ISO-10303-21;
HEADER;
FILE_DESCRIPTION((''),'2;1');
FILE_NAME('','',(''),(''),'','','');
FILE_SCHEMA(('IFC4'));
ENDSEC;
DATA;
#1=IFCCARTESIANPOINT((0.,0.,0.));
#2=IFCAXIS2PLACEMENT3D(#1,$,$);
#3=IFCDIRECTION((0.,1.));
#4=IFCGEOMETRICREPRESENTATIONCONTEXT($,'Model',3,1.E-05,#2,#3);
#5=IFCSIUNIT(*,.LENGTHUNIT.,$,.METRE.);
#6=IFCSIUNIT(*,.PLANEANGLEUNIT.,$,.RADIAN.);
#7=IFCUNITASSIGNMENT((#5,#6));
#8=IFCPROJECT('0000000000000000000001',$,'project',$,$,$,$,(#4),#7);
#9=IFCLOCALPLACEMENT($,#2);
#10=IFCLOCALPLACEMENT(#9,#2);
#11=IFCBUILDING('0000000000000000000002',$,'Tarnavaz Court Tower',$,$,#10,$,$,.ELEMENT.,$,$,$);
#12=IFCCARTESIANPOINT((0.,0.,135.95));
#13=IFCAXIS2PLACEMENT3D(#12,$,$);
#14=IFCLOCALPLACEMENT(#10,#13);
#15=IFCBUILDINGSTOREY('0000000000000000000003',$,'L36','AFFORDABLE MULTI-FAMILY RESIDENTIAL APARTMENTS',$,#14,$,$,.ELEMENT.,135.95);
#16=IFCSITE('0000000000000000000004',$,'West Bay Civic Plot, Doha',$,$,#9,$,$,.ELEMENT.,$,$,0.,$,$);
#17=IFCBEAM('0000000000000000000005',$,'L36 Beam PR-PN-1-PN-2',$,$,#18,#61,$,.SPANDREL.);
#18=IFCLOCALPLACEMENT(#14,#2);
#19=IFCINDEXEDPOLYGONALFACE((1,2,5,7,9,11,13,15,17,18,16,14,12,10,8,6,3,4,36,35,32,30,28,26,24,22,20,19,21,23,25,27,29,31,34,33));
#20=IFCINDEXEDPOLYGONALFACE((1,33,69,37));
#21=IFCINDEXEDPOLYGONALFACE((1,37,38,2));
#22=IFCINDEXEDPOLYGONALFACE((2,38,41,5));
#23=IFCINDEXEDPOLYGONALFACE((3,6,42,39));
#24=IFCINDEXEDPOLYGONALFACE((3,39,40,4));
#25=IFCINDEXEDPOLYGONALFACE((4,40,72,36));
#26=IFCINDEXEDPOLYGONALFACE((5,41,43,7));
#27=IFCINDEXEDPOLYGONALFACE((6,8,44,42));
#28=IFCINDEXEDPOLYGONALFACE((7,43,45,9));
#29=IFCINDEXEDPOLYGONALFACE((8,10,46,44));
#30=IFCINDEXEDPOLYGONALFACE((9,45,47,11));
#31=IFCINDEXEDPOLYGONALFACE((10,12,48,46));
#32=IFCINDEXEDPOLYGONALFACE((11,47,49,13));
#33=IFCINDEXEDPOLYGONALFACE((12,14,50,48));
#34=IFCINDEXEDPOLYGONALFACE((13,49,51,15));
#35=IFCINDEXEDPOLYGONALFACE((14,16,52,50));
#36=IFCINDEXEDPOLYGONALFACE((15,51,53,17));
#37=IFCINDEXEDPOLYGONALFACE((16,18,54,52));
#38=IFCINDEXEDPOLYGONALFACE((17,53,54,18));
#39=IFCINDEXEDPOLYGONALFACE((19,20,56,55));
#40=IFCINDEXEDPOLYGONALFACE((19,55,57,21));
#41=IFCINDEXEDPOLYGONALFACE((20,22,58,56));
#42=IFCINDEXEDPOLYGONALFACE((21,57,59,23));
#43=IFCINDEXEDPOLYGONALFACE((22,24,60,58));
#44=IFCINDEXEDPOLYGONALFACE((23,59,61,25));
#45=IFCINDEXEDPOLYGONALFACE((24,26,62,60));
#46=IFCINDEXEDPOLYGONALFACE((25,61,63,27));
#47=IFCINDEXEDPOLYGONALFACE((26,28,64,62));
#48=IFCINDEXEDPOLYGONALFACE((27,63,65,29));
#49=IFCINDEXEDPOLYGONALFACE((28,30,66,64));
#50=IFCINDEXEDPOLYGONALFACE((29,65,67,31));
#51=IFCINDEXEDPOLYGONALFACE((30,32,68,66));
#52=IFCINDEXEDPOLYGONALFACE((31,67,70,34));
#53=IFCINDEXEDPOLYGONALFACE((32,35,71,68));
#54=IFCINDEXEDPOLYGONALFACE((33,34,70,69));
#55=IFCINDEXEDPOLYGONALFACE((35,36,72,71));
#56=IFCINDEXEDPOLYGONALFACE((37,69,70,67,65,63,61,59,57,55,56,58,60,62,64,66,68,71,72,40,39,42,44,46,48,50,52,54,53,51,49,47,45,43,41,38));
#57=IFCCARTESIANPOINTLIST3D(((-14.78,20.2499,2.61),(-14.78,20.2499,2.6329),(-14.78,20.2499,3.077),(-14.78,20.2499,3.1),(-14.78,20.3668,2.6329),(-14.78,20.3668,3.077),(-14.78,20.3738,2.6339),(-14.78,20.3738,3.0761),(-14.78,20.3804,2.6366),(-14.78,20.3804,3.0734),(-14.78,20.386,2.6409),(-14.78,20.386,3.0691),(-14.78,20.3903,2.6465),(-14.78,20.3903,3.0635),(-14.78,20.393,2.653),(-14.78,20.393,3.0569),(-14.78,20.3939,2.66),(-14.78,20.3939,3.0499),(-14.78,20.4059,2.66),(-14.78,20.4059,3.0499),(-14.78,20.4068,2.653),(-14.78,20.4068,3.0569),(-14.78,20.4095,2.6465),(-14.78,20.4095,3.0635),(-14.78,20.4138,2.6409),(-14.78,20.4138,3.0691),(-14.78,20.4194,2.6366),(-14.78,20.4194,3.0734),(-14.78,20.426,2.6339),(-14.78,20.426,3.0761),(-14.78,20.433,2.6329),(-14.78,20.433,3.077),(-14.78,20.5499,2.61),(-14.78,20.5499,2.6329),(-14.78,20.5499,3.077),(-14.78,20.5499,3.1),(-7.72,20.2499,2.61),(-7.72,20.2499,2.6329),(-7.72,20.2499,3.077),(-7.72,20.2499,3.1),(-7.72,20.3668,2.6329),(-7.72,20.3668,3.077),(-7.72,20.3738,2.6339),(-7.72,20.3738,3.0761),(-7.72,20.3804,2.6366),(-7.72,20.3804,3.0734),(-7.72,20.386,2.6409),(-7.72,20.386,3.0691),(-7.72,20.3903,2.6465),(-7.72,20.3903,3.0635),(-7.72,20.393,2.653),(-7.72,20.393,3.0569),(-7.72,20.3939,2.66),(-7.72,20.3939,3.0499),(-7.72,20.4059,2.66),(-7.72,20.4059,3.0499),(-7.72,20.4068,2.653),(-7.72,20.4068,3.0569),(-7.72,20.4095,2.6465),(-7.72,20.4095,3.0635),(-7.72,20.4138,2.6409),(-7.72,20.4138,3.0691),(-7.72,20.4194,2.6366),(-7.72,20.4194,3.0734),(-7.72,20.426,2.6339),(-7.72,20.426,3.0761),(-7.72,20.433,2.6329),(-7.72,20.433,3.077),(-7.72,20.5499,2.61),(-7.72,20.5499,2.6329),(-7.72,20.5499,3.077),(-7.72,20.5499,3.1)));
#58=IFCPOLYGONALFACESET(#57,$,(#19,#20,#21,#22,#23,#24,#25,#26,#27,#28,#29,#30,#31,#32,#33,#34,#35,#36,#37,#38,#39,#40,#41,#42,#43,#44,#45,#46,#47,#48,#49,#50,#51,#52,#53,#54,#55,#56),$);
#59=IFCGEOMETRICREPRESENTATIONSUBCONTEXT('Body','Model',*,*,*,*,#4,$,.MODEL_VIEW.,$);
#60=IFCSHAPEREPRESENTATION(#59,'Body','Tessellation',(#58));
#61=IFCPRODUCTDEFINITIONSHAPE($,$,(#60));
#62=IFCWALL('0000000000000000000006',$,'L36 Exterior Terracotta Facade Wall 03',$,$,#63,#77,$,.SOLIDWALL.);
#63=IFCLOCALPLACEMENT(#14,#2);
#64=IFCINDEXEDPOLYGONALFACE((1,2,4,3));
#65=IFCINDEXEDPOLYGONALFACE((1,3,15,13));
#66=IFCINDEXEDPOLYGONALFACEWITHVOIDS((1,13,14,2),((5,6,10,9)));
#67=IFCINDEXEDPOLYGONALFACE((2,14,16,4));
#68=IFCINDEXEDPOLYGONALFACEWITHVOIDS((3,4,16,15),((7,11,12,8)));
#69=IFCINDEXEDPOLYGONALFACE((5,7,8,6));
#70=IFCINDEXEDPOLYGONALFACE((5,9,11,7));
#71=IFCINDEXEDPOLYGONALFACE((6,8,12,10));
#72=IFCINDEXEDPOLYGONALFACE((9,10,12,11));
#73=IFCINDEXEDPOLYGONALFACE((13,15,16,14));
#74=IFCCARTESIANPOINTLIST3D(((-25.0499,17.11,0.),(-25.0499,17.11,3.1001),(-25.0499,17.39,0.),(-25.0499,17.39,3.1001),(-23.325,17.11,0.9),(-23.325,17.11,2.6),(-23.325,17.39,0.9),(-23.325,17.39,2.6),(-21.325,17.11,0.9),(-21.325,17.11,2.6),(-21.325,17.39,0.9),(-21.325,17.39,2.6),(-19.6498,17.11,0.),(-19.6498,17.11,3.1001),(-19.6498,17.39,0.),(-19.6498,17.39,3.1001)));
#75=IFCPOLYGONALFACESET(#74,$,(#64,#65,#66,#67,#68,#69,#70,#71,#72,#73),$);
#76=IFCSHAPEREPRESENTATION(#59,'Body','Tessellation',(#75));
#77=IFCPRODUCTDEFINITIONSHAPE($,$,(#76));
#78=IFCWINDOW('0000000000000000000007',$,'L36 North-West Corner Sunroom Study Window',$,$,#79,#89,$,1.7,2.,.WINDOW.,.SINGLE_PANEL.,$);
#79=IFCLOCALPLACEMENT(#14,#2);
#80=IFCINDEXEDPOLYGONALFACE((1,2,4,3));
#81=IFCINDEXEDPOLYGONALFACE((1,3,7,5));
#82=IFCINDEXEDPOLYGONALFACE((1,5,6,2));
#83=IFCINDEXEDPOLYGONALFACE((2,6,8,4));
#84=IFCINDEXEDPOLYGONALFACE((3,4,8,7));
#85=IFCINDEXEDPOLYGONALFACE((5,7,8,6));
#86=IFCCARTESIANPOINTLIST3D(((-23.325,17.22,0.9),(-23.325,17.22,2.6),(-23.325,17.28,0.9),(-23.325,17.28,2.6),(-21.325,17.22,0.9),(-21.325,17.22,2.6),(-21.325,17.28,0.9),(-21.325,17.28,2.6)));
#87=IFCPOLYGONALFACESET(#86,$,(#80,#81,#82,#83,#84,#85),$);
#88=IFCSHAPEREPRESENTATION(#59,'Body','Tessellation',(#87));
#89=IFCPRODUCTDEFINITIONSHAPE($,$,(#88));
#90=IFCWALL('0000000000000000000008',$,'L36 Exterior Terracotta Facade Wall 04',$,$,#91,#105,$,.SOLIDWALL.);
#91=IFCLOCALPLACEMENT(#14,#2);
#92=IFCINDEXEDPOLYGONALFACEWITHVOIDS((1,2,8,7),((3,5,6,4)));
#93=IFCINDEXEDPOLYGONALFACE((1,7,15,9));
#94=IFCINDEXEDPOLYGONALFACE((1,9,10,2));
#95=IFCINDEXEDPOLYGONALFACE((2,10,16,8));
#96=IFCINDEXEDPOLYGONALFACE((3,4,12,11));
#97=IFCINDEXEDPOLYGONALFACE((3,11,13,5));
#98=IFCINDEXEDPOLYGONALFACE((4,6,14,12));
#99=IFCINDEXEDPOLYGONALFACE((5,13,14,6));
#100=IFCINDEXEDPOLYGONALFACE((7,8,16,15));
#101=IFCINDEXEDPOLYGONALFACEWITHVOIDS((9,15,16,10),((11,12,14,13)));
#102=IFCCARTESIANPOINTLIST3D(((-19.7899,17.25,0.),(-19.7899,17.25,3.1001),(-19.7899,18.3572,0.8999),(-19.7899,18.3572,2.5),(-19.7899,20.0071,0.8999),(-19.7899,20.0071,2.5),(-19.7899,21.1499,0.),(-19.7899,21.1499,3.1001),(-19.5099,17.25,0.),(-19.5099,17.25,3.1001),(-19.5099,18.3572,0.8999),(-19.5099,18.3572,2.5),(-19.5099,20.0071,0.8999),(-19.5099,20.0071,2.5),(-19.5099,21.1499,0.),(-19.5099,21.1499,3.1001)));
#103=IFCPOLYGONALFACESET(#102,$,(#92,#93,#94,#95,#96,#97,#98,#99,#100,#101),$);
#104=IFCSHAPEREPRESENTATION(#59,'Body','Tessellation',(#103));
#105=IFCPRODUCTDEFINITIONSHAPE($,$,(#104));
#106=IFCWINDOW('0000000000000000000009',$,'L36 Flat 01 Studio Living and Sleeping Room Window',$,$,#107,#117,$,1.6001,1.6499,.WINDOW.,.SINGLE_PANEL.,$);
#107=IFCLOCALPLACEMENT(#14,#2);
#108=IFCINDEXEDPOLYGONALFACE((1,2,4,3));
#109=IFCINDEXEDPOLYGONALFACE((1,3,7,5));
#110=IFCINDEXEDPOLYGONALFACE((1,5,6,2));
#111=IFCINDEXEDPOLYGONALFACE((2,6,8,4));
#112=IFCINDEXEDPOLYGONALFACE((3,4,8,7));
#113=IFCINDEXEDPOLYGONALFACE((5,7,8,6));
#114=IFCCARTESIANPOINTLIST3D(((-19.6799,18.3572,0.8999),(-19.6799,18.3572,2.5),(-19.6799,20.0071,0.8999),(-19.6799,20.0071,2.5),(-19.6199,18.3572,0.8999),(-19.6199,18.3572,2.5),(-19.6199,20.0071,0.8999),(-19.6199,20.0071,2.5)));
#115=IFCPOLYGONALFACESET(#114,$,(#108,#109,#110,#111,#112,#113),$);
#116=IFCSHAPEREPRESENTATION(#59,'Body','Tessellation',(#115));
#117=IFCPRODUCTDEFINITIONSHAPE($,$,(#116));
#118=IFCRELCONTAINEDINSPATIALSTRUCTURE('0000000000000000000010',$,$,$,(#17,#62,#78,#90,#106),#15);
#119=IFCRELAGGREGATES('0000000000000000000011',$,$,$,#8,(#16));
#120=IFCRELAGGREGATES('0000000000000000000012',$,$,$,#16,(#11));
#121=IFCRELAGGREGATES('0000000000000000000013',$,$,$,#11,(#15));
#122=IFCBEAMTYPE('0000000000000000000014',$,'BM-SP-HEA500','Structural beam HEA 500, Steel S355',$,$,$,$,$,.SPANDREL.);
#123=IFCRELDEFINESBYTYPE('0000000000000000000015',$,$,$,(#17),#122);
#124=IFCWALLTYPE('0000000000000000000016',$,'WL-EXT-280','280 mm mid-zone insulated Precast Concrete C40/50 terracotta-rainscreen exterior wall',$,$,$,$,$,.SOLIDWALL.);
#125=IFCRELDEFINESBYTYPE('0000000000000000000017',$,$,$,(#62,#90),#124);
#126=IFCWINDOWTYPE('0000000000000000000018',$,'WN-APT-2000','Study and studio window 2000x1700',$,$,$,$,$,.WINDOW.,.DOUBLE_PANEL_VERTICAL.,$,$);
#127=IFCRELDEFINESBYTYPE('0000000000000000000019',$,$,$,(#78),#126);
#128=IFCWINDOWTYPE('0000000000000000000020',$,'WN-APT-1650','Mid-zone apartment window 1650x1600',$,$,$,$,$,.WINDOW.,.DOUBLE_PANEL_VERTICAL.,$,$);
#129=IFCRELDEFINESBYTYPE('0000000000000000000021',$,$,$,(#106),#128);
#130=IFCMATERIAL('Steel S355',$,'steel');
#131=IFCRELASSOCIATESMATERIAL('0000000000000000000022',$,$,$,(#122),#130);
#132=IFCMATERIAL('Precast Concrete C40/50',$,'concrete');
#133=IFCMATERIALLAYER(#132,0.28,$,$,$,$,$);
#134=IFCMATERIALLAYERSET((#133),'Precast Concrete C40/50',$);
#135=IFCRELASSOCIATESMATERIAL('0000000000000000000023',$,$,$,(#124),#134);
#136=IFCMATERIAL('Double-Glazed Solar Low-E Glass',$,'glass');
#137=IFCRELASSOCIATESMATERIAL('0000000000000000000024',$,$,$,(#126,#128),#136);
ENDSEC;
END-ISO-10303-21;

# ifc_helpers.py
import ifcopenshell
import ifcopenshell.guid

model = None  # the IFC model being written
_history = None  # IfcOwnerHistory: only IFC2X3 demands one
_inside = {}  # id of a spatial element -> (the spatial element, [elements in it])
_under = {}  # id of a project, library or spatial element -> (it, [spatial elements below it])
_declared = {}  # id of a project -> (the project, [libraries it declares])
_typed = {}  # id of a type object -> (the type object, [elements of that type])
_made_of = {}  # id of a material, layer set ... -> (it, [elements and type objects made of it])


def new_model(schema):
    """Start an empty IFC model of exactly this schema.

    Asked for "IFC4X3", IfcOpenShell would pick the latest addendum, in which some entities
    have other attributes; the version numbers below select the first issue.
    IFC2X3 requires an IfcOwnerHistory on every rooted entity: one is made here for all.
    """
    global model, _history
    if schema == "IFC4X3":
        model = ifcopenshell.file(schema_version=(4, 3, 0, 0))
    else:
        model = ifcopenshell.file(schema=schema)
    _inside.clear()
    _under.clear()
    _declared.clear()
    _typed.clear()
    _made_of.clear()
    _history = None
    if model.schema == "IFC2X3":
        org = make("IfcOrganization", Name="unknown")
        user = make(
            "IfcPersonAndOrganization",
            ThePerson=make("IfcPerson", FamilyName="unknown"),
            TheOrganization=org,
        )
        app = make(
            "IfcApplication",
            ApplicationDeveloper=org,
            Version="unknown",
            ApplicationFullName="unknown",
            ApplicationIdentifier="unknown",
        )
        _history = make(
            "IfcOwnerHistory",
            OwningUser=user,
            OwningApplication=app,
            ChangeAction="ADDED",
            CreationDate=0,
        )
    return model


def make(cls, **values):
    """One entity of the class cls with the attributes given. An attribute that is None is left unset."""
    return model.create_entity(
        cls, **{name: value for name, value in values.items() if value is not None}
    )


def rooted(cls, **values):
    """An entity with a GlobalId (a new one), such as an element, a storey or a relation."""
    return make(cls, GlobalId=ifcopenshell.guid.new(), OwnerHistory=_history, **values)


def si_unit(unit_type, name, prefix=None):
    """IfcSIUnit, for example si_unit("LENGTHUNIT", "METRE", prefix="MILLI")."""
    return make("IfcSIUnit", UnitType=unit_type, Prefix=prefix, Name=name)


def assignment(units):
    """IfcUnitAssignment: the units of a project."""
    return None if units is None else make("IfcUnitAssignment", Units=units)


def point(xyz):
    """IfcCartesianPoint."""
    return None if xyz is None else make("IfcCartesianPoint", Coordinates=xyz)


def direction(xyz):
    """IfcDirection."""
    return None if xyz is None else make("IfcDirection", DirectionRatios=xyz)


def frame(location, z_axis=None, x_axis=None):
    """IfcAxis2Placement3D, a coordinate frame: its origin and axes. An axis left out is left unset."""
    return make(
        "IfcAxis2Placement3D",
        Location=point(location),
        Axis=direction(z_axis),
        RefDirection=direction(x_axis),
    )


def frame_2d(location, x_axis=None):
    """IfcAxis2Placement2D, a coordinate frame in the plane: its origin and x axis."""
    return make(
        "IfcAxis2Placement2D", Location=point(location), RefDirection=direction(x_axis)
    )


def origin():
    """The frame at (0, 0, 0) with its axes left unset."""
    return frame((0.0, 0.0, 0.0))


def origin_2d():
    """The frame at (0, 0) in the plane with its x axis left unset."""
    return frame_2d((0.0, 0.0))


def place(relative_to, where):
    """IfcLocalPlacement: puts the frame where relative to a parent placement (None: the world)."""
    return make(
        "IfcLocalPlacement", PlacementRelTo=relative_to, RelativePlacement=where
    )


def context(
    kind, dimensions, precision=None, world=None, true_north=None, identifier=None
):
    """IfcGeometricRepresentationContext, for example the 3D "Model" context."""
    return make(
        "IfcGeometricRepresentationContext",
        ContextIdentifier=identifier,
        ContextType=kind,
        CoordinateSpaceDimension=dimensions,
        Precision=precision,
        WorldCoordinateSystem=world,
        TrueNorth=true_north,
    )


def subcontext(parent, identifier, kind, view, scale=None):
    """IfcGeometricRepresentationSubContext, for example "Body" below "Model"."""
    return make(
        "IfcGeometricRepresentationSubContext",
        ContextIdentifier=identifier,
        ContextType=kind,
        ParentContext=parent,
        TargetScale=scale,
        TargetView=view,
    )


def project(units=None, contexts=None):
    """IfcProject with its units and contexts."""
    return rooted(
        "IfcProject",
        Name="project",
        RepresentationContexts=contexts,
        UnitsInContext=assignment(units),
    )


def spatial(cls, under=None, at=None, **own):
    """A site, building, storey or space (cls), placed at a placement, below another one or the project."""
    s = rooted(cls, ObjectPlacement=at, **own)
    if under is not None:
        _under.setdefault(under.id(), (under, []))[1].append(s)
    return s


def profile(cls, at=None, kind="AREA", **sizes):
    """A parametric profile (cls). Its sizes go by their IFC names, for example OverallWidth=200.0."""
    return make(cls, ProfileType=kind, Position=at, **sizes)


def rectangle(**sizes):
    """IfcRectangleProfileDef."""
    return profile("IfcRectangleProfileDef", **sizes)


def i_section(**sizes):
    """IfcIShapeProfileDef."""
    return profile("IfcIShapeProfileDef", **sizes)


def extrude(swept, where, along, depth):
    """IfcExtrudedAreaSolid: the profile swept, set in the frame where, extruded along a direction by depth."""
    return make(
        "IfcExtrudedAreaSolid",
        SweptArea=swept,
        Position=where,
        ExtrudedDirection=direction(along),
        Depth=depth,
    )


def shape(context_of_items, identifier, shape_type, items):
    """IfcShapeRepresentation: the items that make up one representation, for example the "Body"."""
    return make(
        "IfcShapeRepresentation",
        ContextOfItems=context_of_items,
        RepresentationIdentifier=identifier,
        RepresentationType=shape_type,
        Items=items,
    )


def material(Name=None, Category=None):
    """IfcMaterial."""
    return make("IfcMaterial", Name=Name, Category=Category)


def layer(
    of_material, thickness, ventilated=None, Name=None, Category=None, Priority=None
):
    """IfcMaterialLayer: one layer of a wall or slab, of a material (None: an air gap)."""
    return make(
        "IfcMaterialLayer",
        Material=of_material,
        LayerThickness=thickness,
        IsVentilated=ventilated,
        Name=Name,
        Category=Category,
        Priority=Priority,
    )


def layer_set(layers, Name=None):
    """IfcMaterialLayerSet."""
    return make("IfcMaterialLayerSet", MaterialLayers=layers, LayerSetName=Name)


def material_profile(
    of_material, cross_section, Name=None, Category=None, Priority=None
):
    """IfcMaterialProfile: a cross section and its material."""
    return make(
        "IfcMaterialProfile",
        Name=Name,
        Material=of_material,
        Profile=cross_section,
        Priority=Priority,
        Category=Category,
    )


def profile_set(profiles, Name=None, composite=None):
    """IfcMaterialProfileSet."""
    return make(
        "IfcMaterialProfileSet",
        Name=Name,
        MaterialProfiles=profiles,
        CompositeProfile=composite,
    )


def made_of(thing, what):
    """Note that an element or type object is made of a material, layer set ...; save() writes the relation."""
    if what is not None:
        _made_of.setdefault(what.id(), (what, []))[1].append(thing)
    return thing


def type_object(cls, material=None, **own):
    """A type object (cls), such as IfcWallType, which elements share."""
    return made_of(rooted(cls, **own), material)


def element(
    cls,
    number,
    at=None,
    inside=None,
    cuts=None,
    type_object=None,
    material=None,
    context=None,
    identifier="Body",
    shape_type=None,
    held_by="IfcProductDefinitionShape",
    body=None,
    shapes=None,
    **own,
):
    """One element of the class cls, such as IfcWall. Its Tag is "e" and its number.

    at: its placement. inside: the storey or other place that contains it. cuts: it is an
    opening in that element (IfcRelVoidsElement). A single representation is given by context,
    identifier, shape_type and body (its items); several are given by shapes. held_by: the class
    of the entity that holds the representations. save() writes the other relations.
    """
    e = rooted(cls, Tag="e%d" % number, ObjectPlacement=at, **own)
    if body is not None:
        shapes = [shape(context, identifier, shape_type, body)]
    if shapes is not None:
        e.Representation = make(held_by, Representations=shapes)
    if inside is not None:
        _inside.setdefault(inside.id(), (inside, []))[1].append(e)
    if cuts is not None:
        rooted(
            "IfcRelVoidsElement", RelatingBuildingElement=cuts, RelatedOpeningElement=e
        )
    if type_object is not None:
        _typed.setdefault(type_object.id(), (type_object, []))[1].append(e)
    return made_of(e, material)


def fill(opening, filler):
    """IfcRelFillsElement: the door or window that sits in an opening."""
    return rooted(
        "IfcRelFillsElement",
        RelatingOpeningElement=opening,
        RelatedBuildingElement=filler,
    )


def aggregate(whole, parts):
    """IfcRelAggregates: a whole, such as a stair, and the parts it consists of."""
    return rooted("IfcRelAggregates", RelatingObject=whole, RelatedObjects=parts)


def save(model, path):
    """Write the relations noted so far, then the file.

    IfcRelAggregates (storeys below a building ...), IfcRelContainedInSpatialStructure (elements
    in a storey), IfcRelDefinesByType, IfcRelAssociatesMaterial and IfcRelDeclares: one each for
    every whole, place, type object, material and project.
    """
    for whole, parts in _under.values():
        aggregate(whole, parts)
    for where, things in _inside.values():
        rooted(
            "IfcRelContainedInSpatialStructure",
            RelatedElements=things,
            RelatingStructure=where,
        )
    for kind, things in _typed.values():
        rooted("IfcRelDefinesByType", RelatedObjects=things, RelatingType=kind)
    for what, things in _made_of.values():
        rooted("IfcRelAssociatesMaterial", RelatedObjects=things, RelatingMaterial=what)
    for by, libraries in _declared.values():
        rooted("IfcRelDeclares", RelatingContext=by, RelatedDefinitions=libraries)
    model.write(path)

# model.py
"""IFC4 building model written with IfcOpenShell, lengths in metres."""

from ifc_helpers import new_model, si_unit, direction, frame, frame_2d, origin, origin_2d, place, context, subcontext, project, spatial, rectangle, i_section, extrude, material, layer, layer_set, material_profile, profile_set, type_object, element, fill, save


model = new_model("IFC4")

# Units and contexts
model_context = context("Model", 3, precision=1e-05, world=origin(), true_north=direction((0.0, 1.0)))
body_context = subcontext(model_context, "Body", "Model", "MODEL_VIEW")
ifc_project = project(units=[si_unit("LENGTHUNIT", "METRE"), si_unit("PLANEANGLEUNIT", "RADIAN")], contexts=[model_context])

# Site, building, storey
site_placement = place(None, origin())
site = spatial("IfcSite", under=ifc_project, at=site_placement, Name="West Bay Civic Plot, Doha", CompositionType="ELEMENT", RefElevation=0.0)
building_placement = place(site_placement, origin())
building = spatial("IfcBuilding", under=site, at=building_placement, Name="Tarnavaz Court Tower", CompositionType="ELEMENT")
storey_placement = place(building_placement, frame((0.0, 0.0, 135.95)))
storey = spatial("IfcBuildingStorey", under=building, at=storey_placement, Name="L36", Description="AFFORDABLE MULTI-FAMILY RESIDENTIAL APARTMENTS", CompositionType="ELEMENT", Elevation=135.95)

# Beam
ifc_material_1 = material(Name="Steel S355", Category="steel")
ifc_material_profile_1 = material_profile(ifc_material_1, i_section(OverallWidth=0.3, OverallDepth=0.49, WebThickness=0.012, FlangeThickness=0.0229, FilletRadius=0.0271, at=origin_2d()), Name="HEA 500")
ifc_profile_set_1 = profile_set([ifc_material_profile_1], Name="Steel S355")
beam_type_1 = type_object("IfcBeamType", Name="BM-SP-HEA500", Description="Structural beam HEA 500, Steel S355", PredefinedType="SPANDREL", material=ifc_profile_set_1)
beam_placement = place(storey_placement, frame((-14.78, 20.3999, 2.855), z_axis=(1.0, 0.0, 0.0), x_axis=(0.0, 1.0, 0.0)))
element("IfcBeam", 1, at=beam_placement, inside=storey, type_object=beam_type_1, Name="L36 Beam PR-PN-1-PN-2", PredefinedType="SPANDREL", context=body_context, shape_type="SweptSolid", body=[
    extrude(i_section(OverallWidth=0.3, OverallDepth=0.49, WebThickness=0.012, FlangeThickness=0.0229, FilletRadius=0.0271, at=origin_2d()), origin(), (0.0, 0.0, 1.0), 7.0601),
])

# Walls, openings, windows
ifc_material_2 = material(Name="Precast Concrete C40/50", Category="concrete")
ifc_layer = layer(ifc_material_2, 0.28)
ifc_layer_set = layer_set([ifc_layer], Name="Precast Concrete C40/50")
wall_type = type_object("IfcWallType", Name="WL-EXT-280", Description="280 mm mid-zone insulated Precast Concrete C40/50 terracotta-rainscreen exterior wall", PredefinedType="SOLIDWALL", material=ifc_layer_set)
wall_1_placement = place(storey_placement, frame((-25.05, 17.25, 0.0), z_axis=(0.0, 0.0, 1.0), x_axis=(1.0, 0.0, 0.0)))
wall_1 = element("IfcWall", 2, at=wall_1_placement, inside=storey, type_object=wall_type, Name="L36 Exterior Terracotta Facade Wall 03", PredefinedType="SOLIDWALL", context=body_context, shape_type="SweptSolid", body=[
    extrude(rectangle(XDim=5.4001, YDim=0.28, at=frame_2d((2.7002, 0.0))), origin(), (0.0, 0.0, 1.0), 3.1001),
])
opening_1_placement = place(wall_1_placement, frame((1.7251, 0.0, 0.8999)))
opening_1 = element("IfcOpeningElement", 3, at=opening_1_placement, cuts=wall_1, PredefinedType="OPENING", context=body_context, shape_type="SweptSolid", body=[
    extrude(rectangle(XDim=2.0, YDim=1.7, at=frame_2d((1.0, 0.8501))), frame((0.0, 0.1499, 0.0), z_axis=(0.0, -1.0, 0.0), x_axis=(1.0, 0.0, 0.0)), (0.0, 0.0, 1.0), 0.3),
])
ifc_material_3 = material(Name="Double-Glazed Solar Low-E Glass", Category="glass")
window_type_1 = type_object("IfcWindowType", Name="WN-APT-2000", Description="Study and studio window 2000x1700", PartitioningType="DOUBLE_PANEL_VERTICAL", PredefinedType="WINDOW", material=ifc_material_3)
window_1_placement = place(opening_1_placement, origin())
window_1 = element("IfcWindow", 4, at=window_1_placement, inside=storey, type_object=window_type_1, Name="L36 North-West Corner Sunroom Study Window", OverallHeight=1.7, OverallWidth=2.0, PartitioningType="SINGLE_PANEL", PredefinedType="WINDOW", context=body_context, shape_type="SweptSolid", body=[
    extrude(rectangle(XDim=2.0, YDim=1.7, at=frame_2d((1.0, 0.8501))), frame((0.0, 0.03, 0.0), z_axis=(0.0, -1.0, 0.0), x_axis=(1.0, 0.0, 0.0)), (0.0, 0.0, 1.0), 0.0601),
])
fill(opening_1, window_1)
wall_2_placement = place(storey_placement, frame((-19.6499, 17.25, 0.0), z_axis=(0.0, 0.0, 1.0), x_axis=(0.0, 1.0, 0.0)))
wall_2 = element("IfcWall", 5, at=wall_2_placement, inside=storey, type_object=wall_type, Name="L36 Exterior Terracotta Facade Wall 04", PredefinedType="SOLIDWALL", context=body_context, shape_type="SweptSolid", body=[
    extrude(rectangle(XDim=3.8999, YDim=0.28, at=frame_2d((1.95, 0.0))), origin(), (0.0, 0.0, 1.0), 3.1001),
])
opening_2_placement = place(wall_2_placement, frame((1.1072, 0.0, 0.8999)))
opening_2 = element("IfcOpeningElement", 6, at=opening_2_placement, cuts=wall_2, PredefinedType="OPENING", context=body_context, shape_type="SweptSolid", body=[
    extrude(rectangle(XDim=1.6499, YDim=1.6001, at=frame_2d((0.825, 0.8))), frame((0.0, 0.1499, 0.0), z_axis=(0.0, -1.0, 0.0), x_axis=(1.0, 0.0, 0.0)), (0.0, 0.0, 1.0), 0.3),
])
window_type_2 = type_object("IfcWindowType", Name="WN-APT-1650", Description="Mid-zone apartment window 1650x1600", PartitioningType="DOUBLE_PANEL_VERTICAL", PredefinedType="WINDOW", material=ifc_material_3)
window_2_placement = place(opening_2_placement, origin())
window_2 = element("IfcWindow", 7, at=window_2_placement, inside=storey, type_object=window_type_2, Name="L36 Flat 01 Studio Living and Sleeping Room Window", OverallHeight=1.6001, OverallWidth=1.6499, PartitioningType="SINGLE_PANEL", PredefinedType="WINDOW", context=body_context, shape_type="SweptSolid", body=[
    extrude(rectangle(XDim=1.6499, YDim=1.6001, at=frame_2d((0.825, 0.8))), frame((0.0, 0.03, 0.0), z_axis=(0.0, -1.0, 0.0), x_axis=(1.0, 0.0, 0.0)), (0.0, 0.0, 1.0), 0.0601),
])
fill(opening_2, window_2)

save(model, "model.ifc")
